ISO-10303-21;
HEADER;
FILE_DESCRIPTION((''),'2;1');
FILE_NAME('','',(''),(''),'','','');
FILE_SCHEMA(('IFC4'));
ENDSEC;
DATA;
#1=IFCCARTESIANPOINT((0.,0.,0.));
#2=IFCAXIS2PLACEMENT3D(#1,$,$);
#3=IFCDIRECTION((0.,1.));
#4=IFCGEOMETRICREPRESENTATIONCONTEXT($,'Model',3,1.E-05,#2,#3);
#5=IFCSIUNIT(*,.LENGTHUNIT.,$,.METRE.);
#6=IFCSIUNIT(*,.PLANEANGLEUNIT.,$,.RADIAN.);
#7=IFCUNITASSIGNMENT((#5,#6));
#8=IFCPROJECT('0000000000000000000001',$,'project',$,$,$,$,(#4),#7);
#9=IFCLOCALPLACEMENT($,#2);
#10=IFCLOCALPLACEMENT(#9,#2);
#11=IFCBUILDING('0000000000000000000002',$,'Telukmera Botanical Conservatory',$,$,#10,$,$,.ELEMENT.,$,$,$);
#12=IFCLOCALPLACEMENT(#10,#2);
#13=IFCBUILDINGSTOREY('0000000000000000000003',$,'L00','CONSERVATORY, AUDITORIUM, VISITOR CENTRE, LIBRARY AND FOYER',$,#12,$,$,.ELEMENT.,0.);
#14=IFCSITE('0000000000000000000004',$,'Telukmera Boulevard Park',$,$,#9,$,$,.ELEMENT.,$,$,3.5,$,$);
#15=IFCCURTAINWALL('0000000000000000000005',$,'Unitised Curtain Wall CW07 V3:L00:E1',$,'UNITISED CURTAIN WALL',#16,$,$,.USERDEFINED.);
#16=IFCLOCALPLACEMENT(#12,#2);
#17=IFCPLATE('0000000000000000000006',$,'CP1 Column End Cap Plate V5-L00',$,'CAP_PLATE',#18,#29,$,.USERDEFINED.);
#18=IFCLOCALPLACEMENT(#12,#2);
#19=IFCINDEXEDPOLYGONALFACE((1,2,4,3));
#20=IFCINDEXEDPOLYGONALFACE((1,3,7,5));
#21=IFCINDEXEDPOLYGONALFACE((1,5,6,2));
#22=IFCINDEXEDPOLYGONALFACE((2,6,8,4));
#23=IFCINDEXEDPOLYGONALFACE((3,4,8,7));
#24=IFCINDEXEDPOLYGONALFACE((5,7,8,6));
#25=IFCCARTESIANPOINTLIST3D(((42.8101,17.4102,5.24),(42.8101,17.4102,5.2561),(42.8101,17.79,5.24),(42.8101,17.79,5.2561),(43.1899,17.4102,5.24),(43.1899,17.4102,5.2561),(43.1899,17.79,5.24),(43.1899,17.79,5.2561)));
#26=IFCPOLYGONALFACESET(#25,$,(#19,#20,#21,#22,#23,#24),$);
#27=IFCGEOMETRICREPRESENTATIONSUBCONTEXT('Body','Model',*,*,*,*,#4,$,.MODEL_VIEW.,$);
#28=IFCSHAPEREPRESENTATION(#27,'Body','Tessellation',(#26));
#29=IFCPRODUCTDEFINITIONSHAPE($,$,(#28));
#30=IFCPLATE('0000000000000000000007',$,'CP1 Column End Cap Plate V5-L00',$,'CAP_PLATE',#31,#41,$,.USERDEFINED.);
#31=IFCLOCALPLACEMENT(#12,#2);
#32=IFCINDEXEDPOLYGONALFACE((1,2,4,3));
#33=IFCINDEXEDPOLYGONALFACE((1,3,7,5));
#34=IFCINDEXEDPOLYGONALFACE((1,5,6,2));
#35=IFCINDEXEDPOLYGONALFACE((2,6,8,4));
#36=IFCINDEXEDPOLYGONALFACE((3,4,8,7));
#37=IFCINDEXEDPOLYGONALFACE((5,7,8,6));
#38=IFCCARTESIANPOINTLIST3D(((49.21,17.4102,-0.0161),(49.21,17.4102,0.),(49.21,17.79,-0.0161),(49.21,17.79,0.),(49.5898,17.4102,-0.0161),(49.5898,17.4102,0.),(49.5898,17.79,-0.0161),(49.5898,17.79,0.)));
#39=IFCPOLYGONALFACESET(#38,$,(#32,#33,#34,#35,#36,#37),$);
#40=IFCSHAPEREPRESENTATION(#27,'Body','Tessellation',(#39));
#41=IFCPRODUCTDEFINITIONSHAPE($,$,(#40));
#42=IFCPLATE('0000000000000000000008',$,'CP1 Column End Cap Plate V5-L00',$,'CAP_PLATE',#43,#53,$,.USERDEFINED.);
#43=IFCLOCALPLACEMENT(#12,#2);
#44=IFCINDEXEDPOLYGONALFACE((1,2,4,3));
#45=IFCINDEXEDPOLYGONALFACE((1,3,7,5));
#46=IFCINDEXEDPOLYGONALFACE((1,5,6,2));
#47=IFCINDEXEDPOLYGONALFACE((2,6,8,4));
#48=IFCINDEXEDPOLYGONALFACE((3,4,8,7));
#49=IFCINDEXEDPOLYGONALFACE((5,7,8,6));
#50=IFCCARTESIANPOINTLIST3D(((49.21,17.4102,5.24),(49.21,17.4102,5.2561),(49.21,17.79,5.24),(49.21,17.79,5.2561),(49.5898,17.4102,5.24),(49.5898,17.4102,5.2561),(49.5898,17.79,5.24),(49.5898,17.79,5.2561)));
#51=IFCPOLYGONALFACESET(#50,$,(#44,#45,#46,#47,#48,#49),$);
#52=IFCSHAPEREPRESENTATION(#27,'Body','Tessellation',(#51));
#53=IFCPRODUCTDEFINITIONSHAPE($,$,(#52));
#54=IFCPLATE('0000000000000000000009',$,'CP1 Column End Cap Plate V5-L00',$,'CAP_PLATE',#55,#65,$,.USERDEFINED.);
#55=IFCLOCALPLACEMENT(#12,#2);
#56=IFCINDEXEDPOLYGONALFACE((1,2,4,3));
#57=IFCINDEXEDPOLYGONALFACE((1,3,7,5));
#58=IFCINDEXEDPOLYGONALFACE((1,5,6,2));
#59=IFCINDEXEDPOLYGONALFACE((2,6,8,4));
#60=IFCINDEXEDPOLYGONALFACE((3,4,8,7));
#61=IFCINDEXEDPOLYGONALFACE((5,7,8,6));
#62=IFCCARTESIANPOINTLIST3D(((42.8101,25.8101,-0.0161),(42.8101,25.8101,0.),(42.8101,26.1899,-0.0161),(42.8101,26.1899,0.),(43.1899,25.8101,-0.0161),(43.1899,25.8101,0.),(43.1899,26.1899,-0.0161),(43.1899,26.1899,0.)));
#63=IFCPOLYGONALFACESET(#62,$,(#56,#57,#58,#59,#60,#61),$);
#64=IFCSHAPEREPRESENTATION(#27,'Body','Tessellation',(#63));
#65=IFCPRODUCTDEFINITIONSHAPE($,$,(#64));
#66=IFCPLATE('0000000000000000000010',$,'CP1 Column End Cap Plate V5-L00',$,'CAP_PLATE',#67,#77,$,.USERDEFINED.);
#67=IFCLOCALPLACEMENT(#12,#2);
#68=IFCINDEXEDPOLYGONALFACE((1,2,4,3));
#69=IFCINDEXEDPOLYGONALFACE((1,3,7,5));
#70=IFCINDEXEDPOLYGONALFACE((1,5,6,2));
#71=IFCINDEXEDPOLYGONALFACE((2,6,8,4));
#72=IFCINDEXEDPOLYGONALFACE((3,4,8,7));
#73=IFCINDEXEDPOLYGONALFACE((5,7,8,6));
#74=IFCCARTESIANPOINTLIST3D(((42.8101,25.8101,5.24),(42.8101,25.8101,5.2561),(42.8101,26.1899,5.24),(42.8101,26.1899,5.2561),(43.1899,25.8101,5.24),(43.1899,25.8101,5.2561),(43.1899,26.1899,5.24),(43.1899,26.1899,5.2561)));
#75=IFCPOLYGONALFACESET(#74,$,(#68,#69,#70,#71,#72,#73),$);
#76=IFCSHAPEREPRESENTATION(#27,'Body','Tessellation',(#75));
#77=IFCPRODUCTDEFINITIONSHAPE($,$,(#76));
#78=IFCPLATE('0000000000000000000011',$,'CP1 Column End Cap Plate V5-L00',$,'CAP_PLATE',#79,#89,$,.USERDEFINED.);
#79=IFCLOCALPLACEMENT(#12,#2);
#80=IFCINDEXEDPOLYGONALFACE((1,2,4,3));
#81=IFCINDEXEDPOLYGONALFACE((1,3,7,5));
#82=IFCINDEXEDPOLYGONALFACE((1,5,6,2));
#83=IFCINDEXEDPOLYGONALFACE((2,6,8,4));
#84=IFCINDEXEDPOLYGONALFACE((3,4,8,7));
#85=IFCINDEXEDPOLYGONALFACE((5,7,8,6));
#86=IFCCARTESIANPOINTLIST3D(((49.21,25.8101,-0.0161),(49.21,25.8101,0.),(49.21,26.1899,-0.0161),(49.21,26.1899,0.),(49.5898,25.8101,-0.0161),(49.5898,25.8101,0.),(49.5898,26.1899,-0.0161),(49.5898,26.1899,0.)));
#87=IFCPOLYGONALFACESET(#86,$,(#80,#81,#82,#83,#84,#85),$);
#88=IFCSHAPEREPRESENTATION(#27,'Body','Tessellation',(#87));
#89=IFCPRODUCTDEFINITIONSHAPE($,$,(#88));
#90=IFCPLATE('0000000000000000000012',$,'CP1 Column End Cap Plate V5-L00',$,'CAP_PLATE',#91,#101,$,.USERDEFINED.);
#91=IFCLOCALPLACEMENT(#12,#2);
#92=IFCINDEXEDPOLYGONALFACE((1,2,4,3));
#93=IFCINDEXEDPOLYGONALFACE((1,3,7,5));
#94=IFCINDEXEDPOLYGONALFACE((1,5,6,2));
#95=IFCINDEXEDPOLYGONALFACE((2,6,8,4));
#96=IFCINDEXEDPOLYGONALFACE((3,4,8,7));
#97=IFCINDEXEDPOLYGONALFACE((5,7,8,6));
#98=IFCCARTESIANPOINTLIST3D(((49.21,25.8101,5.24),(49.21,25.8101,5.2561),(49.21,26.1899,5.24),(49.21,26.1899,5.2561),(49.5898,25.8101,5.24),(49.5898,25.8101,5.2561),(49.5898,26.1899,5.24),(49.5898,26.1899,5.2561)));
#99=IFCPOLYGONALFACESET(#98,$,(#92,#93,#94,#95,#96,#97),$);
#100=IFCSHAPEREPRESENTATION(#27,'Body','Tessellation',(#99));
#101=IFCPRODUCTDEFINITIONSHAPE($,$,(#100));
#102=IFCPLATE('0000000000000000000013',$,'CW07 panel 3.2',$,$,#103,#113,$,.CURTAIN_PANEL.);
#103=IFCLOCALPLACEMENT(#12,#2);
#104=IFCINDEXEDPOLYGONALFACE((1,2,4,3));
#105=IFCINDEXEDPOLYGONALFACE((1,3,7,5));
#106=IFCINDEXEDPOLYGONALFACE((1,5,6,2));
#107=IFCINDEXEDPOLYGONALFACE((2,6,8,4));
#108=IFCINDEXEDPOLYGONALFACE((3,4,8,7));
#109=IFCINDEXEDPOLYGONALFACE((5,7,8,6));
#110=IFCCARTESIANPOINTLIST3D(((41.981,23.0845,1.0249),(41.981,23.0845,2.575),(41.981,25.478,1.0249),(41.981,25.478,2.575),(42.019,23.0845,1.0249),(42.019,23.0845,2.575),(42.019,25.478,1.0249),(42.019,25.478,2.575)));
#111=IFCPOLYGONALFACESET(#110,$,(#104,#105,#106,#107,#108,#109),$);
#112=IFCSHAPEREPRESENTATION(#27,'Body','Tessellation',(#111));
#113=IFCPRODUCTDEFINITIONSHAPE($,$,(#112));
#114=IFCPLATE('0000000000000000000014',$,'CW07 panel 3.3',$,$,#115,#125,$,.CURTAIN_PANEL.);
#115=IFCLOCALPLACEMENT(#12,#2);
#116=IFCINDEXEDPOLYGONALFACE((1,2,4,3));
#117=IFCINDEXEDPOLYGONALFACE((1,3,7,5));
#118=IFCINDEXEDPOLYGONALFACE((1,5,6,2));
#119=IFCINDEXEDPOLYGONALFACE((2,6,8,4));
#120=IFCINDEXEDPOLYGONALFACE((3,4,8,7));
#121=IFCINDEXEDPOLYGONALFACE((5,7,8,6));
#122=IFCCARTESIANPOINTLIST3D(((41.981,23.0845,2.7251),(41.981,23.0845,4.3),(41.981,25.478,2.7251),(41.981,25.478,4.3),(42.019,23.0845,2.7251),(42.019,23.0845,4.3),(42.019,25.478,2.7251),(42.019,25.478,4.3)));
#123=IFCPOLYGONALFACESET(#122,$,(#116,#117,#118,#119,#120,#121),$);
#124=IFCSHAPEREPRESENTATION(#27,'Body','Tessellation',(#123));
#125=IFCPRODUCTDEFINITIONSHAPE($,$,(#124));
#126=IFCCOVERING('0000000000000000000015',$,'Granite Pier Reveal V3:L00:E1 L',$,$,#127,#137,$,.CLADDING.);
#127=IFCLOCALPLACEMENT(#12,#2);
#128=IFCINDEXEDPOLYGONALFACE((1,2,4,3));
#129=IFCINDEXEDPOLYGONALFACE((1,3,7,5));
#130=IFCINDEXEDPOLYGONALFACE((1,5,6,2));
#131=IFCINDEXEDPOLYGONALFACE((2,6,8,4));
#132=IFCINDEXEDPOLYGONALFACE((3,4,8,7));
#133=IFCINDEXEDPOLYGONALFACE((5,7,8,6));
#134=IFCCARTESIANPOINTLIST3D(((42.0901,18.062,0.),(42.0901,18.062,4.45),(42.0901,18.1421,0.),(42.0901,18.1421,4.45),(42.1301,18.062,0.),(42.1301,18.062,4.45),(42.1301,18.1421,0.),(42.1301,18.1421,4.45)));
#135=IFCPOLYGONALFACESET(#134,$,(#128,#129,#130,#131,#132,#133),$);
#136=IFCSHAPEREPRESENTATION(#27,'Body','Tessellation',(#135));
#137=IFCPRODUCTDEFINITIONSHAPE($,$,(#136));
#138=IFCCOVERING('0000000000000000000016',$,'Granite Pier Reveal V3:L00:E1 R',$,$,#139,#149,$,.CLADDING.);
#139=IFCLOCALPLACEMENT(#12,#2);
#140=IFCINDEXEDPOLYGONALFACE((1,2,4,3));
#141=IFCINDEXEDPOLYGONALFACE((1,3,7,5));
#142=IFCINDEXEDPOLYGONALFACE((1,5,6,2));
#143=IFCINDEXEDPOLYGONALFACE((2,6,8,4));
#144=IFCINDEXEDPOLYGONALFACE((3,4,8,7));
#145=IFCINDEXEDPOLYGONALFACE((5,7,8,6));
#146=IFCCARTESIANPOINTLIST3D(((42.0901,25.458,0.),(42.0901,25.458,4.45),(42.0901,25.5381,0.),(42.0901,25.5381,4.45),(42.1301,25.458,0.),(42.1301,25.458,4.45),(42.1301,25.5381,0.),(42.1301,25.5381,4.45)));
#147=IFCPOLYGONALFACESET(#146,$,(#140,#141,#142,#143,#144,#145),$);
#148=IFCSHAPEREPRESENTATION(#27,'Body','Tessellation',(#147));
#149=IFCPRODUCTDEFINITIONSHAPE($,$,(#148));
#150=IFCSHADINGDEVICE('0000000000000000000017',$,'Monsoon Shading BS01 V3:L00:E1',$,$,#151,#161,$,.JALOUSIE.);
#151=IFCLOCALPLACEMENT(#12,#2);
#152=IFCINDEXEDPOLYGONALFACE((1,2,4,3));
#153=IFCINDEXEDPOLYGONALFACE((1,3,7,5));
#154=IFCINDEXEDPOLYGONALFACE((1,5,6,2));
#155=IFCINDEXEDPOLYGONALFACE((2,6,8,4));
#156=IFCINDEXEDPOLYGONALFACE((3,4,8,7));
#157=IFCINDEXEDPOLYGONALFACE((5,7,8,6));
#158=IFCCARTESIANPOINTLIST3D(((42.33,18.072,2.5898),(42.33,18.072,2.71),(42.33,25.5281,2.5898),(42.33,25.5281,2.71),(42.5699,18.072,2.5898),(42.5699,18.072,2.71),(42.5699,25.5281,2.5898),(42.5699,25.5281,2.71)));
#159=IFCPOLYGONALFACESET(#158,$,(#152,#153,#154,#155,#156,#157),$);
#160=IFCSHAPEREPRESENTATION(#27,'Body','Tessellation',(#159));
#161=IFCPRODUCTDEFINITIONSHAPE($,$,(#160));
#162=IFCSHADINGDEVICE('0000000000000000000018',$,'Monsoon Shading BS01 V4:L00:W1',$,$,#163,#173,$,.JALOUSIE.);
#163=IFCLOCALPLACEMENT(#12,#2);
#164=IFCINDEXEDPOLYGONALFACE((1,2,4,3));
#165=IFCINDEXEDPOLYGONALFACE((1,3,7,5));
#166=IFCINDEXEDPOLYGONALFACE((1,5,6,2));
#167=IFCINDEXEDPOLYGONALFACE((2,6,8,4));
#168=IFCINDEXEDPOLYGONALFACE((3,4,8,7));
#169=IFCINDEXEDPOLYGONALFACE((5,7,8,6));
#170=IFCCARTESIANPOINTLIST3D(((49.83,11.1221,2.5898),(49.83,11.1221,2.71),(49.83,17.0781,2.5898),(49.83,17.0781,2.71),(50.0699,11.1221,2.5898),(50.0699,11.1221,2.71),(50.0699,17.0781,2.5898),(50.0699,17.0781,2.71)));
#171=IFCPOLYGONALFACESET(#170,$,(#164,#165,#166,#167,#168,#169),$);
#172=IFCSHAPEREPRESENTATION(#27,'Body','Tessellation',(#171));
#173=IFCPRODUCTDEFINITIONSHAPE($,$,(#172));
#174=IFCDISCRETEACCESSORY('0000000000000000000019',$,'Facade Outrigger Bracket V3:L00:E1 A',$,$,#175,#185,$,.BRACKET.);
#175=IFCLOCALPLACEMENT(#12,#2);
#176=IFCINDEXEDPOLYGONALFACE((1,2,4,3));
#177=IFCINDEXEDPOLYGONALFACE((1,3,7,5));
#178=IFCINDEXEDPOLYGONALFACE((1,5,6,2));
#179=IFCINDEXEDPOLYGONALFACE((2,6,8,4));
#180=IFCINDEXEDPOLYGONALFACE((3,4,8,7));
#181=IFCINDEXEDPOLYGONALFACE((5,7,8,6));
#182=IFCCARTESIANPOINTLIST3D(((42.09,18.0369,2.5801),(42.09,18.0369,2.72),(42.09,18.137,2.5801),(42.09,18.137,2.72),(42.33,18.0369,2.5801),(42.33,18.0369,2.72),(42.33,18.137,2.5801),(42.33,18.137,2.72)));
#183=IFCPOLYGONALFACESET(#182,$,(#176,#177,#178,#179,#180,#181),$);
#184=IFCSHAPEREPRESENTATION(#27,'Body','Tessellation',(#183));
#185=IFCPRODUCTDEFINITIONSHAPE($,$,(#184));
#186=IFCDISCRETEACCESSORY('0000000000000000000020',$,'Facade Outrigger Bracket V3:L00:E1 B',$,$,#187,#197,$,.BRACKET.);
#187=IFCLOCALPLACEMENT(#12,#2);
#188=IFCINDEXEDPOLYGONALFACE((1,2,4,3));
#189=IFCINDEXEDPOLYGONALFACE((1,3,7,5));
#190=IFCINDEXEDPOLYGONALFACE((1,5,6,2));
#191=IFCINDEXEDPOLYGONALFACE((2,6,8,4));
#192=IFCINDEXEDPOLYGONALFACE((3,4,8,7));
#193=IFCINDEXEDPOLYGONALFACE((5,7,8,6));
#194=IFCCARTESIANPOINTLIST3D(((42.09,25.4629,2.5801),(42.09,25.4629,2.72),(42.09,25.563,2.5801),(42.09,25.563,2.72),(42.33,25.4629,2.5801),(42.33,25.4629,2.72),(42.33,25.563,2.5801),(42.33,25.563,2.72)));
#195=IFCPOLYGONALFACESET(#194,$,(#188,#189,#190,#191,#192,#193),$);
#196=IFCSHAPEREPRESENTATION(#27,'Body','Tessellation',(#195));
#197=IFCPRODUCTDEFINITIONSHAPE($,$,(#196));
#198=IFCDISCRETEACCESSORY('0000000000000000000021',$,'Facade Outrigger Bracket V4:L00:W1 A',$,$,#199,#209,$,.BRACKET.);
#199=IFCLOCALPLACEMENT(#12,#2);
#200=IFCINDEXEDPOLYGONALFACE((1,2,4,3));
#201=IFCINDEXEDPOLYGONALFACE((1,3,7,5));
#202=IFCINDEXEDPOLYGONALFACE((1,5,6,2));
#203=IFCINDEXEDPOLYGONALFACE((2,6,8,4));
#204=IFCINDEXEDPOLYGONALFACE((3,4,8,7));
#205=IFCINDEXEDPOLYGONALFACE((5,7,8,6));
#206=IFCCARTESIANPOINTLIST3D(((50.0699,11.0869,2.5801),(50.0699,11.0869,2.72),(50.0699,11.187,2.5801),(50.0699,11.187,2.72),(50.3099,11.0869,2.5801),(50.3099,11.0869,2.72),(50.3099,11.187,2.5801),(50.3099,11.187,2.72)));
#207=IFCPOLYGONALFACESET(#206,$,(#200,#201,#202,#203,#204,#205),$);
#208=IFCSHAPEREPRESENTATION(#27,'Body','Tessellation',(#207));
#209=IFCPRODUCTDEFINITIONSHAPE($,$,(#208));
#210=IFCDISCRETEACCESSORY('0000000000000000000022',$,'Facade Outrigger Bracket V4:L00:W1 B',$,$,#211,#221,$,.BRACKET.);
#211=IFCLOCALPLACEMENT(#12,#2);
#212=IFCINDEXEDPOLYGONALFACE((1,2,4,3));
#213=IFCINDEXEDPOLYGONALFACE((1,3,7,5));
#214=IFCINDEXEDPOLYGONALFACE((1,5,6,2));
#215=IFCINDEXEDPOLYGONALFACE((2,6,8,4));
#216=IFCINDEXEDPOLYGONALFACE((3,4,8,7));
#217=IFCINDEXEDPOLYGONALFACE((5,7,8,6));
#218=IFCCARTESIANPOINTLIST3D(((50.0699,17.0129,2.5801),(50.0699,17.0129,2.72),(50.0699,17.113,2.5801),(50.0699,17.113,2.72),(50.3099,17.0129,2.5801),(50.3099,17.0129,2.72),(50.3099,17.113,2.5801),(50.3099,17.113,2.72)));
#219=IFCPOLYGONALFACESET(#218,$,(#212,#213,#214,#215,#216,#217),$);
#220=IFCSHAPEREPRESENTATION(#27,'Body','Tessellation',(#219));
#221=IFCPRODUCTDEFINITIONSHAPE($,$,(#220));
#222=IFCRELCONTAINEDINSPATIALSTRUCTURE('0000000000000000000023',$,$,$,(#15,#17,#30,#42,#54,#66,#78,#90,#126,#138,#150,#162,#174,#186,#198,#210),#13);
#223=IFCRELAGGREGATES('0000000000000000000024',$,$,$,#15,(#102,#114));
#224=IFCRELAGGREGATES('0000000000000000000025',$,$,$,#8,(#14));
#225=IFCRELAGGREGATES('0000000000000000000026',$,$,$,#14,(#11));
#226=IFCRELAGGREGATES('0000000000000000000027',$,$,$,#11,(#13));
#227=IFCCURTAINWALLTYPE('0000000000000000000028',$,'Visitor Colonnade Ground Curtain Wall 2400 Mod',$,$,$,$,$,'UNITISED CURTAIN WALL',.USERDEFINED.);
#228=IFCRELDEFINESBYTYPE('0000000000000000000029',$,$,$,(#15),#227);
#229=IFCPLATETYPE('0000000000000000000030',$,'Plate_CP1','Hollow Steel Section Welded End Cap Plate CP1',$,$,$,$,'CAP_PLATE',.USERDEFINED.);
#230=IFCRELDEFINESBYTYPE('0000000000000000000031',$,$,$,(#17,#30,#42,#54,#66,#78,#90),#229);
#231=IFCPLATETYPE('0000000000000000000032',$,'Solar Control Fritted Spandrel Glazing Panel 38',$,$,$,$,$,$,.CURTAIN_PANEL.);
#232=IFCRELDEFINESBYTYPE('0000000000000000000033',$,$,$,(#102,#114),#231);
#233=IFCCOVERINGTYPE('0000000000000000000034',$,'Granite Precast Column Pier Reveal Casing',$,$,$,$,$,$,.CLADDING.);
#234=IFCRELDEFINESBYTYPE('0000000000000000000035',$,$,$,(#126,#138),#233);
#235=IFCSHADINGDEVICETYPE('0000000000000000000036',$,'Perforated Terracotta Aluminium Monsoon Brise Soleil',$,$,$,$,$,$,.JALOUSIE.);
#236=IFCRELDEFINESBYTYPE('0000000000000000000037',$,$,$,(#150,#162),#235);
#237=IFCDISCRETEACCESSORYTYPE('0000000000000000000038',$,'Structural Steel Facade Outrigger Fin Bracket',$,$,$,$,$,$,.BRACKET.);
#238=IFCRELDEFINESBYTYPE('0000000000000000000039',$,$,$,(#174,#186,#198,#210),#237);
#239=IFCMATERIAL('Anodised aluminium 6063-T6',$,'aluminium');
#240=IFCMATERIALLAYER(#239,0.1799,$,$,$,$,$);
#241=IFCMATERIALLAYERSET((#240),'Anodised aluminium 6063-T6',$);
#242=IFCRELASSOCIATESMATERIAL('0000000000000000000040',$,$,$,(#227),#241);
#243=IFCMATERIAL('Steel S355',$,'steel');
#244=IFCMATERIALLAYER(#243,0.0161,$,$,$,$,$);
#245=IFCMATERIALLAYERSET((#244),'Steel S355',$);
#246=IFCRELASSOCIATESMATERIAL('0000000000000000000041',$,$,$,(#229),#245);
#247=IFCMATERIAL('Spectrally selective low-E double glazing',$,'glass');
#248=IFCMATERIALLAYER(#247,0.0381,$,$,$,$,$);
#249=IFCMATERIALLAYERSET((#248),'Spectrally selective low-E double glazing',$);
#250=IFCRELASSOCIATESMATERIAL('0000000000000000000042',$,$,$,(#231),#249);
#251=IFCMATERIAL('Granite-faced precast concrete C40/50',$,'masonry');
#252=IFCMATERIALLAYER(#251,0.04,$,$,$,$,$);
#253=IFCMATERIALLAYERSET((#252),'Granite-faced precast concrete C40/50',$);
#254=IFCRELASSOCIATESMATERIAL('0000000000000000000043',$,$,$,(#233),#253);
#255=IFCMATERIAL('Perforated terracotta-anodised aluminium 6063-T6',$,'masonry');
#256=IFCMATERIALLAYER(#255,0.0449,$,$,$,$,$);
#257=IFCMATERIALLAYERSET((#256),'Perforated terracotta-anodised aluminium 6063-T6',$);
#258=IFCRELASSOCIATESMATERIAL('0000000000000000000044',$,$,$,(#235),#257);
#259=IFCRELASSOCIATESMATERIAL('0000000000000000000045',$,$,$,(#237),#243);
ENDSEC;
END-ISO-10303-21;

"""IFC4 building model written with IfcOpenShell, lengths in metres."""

from ifc_helpers import new_model, si_unit, direction, frame, origin, origin_2d, place, context, subcontext, project, spatial, rectangle, extrude, material, layer, layer_set, type_object, element, aggregate, save


model = new_model("IFC4")

# Units and contexts
model_context = context("Model", 3, precision=1e-05, world=origin(), true_north=direction((0.0, 1.0)))
body_context = subcontext(model_context, "Body", "Model", "MODEL_VIEW")
ifc_project = project(units=[si_unit("LENGTHUNIT", "METRE"), si_unit("PLANEANGLEUNIT", "RADIAN")], contexts=[model_context])

# Site, building, storey
site_placement = place(None, origin())
site = spatial("IfcSite", under=ifc_project, at=site_placement, Name="Telukmera Boulevard Park", CompositionType="ELEMENT", RefElevation=3.5)
building_placement = place(site_placement, origin())
building = spatial("IfcBuilding", under=site, at=building_placement, Name="Telukmera Botanical Conservatory", CompositionType="ELEMENT")
storey_placement = place(building_placement, origin())
storey = spatial("IfcBuildingStorey", under=building, at=storey_placement, Name="L00", Description="CONSERVATORY, AUDITORIUM, VISITOR CENTRE, LIBRARY AND FOYER", CompositionType="ELEMENT", Elevation=0.0)

# Shared definitions
ifc_material_1 = material(Name="Steel S355", Category="steel")

# Curtain wall
ifc_material_2 = material(Name="Anodised aluminium 6063-T6", Category="aluminium")
ifc_layer_1 = layer(ifc_material_2, 0.1799)
ifc_layer_set_1 = layer_set([ifc_layer_1], Name="Anodised aluminium 6063-T6")
curtain_wall_type = type_object("IfcCurtainWallType", Name="Visitor Colonnade Ground Curtain Wall 2400 Mod", ElementType="UNITISED CURTAIN WALL", PredefinedType="USERDEFINED", material=ifc_layer_set_1)
curtain_wall_placement = place(storey_placement, origin())
curtain_wall = element("IfcCurtainWall", 1, at=curtain_wall_placement, inside=storey, type_object=curtain_wall_type, Name="Unitised Curtain Wall CW07 V3:L00:E1", ObjectType="UNITISED CURTAIN WALL", PredefinedType="USERDEFINED")

# Plates
ifc_layer_2 = layer(ifc_material_1, 0.0161)
ifc_layer_set_2 = layer_set([ifc_layer_2], Name="Steel S355")
plate_type_1 = type_object("IfcPlateType", Name="Plate_CP1", Description="Hollow Steel Section Welded End Cap Plate CP1", ElementType="CAP_PLATE", PredefinedType="USERDEFINED", material=ifc_layer_set_2)
for number, where, z_axis, x_axis, name in (
    (2, (43.0, 17.6001, 5.24), (0.0, 0.0, 1.0), (1.0, 0.0, 0.0), "CP1 Column End Cap Plate V5-L00"),
    (3, (49.3999, 17.6001, -0.0161), (0.0, 0.0, 1.0), (1.0, 0.0, 0.0), "CP1 Column End Cap Plate V5-L00"),
    (4, (49.3999, 17.6001, 5.24), (0.0, 0.0, 1.0), (1.0, 0.0, 0.0), "CP1 Column End Cap Plate V5-L00"),
    (5, (43.0, 26.0, -0.0161), (0.0, 0.0, 1.0), (1.0, 0.0, 0.0), "CP1 Column End Cap Plate V5-L00"),
    (6, (43.0, 26.0, 5.24), (0.0, 0.0, 1.0), (1.0, 0.0, 0.0), "CP1 Column End Cap Plate V5-L00"),
    (7, (49.3999, 26.0, -0.0161), (0.0, 0.0, 1.0), (1.0, 0.0, 0.0), "CP1 Column End Cap Plate V5-L00"),
    (8, (49.3999, 26.0, 5.24), (0.0, 0.0, 1.0), (1.0, 0.0, 0.0), "CP1 Column End Cap Plate V5-L00"),
):
    element("IfcPlate", number, at=place(storey_placement, frame(where, z_axis=z_axis, x_axis=x_axis)), inside=storey, type_object=plate_type_1, Name=name, ObjectType="CAP_PLATE", PredefinedType="USERDEFINED", context=body_context, shape_type="SweptSolid", body=[
        extrude(rectangle(XDim=0.3799, YDim=0.3799, at=origin_2d()), origin(), (0.0, 0.0, 1.0), 0.0161),
    ])

# Plates
ifc_material_3 = material(Name="Spectrally selective low-E double glazing", Category="glass")
ifc_layer_3 = layer(ifc_material_3, 0.0381)
ifc_layer_set_3 = layer_set([ifc_layer_3], Name="Spectrally selective low-E double glazing")
plate_type_2 = type_object("IfcPlateType", Name="Solar Control Fritted Spandrel Glazing Panel 38", PredefinedType="CURTAIN_PANEL", material=ifc_layer_set_3)
plate_1_placement = place(storey_placement, frame((42.0, 24.2812, 1.0249), z_axis=(0.0, 0.0, 1.0), x_axis=(0.0, 1.0, 0.0)))
plate_1 = element("IfcPlate", 9, at=plate_1_placement, type_object=plate_type_2, Name="CW07 panel 3.2", PredefinedType="CURTAIN_PANEL", context=body_context, shape_type="SweptSolid", body=[
    extrude(rectangle(XDim=2.3936, YDim=0.0381, at=origin_2d()), origin(), (0.0, 0.0, 1.0), 1.55),
])
plate_2_placement = place(storey_placement, frame((42.0, 24.2812, 2.7251), z_axis=(0.0, 0.0, 1.0), x_axis=(0.0, 1.0, 0.0)))
plate_2 = element("IfcPlate", 10, at=plate_2_placement, type_object=plate_type_2, Name="CW07 panel 3.3", PredefinedType="CURTAIN_PANEL", context=body_context, shape_type="SweptSolid", body=[
    extrude(rectangle(XDim=2.3936, YDim=0.0381, at=origin_2d()), origin(), (0.0, 0.0, 1.0), 1.575),
])
aggregate(curtain_wall, [plate_1, plate_2])

# Coverings
ifc_material_4 = material(Name="Granite-faced precast concrete C40/50", Category="masonry")
ifc_layer_4 = layer(ifc_material_4, 0.04)
ifc_layer_set_4 = layer_set([ifc_layer_4], Name="Granite-faced precast concrete C40/50")
covering_type = type_object("IfcCoveringType", Name="Granite Precast Column Pier Reveal Casing", PredefinedType="CLADDING", material=ifc_layer_set_4)
for number, where, z_axis, x_axis, name in (
    (11, (42.1101, 18.1021, 0.0), (0.0, 0.0, 1.0), (0.0, 1.0, 0.0), "Granite Pier Reveal V3:L00:E1 L"),
    (12, (42.1101, 25.498, 0.0), (0.0, 0.0, 1.0), (0.0, 1.0, 0.0), "Granite Pier Reveal V3:L00:E1 R"),
):
    element("IfcCovering", number, at=place(storey_placement, frame(where, z_axis=z_axis, x_axis=x_axis)), inside=storey, type_object=covering_type, Name=name, PredefinedType="CLADDING", context=body_context, shape_type="SweptSolid", body=[
        extrude(rectangle(XDim=0.0801, YDim=0.04, at=origin_2d()), origin(), (0.0, 0.0, 1.0), 4.45),
    ])

# Shading devices
ifc_material_5 = material(Name="Perforated terracotta-anodised aluminium 6063-T6", Category="masonry")
ifc_layer_5 = layer(ifc_material_5, 0.0449)
ifc_layer_set_5 = layer_set([ifc_layer_5], Name="Perforated terracotta-anodised aluminium 6063-T6")
shading_device_type = type_object("IfcShadingDeviceType", Name="Perforated Terracotta Aluminium Monsoon Brise Soleil", PredefinedType="JALOUSIE", material=ifc_layer_set_5)
shading_device_1_placement = place(storey_placement, frame((42.45, 21.8, 2.5898), z_axis=(0.0, 0.0, 1.0), x_axis=(0.0, 1.0, 0.0)))
element("IfcShadingDevice", 13, at=shading_device_1_placement, inside=storey, type_object=shading_device_type, Name="Monsoon Shading BS01 V3:L00:E1", PredefinedType="JALOUSIE", context=body_context, shape_type="SweptSolid", body=[
    extrude(rectangle(XDim=7.4561, YDim=0.24, at=origin_2d()), origin(), (0.0, 0.0, 1.0), 0.1201),
])
shading_device_2_placement = place(storey_placement, frame((49.95, 14.1001, 2.5898), z_axis=(0.0, 0.0, 1.0), x_axis=(0.0, 1.0, 0.0)))
element("IfcShadingDevice", 14, at=shading_device_2_placement, inside=storey, type_object=shading_device_type, Name="Monsoon Shading BS01 V4:L00:W1", PredefinedType="JALOUSIE", context=body_context, shape_type="SweptSolid", body=[
    extrude(rectangle(XDim=5.9561, YDim=0.24, at=origin_2d()), origin(), (0.0, 0.0, 1.0), 0.1201),
])

# Discrete accessories
discrete_accessory_type = type_object("IfcDiscreteAccessoryType", Name="Structural Steel Facade Outrigger Fin Bracket", PredefinedType="BRACKET", material=ifc_material_1)
for number, where, z_axis, x_axis, name in (
    (15, (42.21, 18.0869, 2.5801), (0.0, 0.0, 1.0), (0.0, 1.0, 0.0), "Facade Outrigger Bracket V3:L00:E1 A"),
    (16, (42.21, 25.5129, 2.5801), (0.0, 0.0, 1.0), (0.0, 1.0, 0.0), "Facade Outrigger Bracket V3:L00:E1 B"),
    (17, (50.1899, 11.137, 2.5801), (0.0, 0.0, 1.0), (0.0, 1.0, 0.0), "Facade Outrigger Bracket V4:L00:W1 A"),
    (18, (50.1899, 17.063, 2.5801), (0.0, 0.0, 1.0), (0.0, 1.0, 0.0), "Facade Outrigger Bracket V4:L00:W1 B"),
):
    element("IfcDiscreteAccessory", number, at=place(storey_placement, frame(where, z_axis=z_axis, x_axis=x_axis)), inside=storey, type_object=discrete_accessory_type, Name=name, PredefinedType="BRACKET", context=body_context, shape_type="SweptSolid", body=[
        extrude(rectangle(XDim=0.1001, YDim=0.24, at=origin_2d()), origin(), (0.0, 0.0, 1.0), 0.1399),
    ])

save(model, "model.ifc")
